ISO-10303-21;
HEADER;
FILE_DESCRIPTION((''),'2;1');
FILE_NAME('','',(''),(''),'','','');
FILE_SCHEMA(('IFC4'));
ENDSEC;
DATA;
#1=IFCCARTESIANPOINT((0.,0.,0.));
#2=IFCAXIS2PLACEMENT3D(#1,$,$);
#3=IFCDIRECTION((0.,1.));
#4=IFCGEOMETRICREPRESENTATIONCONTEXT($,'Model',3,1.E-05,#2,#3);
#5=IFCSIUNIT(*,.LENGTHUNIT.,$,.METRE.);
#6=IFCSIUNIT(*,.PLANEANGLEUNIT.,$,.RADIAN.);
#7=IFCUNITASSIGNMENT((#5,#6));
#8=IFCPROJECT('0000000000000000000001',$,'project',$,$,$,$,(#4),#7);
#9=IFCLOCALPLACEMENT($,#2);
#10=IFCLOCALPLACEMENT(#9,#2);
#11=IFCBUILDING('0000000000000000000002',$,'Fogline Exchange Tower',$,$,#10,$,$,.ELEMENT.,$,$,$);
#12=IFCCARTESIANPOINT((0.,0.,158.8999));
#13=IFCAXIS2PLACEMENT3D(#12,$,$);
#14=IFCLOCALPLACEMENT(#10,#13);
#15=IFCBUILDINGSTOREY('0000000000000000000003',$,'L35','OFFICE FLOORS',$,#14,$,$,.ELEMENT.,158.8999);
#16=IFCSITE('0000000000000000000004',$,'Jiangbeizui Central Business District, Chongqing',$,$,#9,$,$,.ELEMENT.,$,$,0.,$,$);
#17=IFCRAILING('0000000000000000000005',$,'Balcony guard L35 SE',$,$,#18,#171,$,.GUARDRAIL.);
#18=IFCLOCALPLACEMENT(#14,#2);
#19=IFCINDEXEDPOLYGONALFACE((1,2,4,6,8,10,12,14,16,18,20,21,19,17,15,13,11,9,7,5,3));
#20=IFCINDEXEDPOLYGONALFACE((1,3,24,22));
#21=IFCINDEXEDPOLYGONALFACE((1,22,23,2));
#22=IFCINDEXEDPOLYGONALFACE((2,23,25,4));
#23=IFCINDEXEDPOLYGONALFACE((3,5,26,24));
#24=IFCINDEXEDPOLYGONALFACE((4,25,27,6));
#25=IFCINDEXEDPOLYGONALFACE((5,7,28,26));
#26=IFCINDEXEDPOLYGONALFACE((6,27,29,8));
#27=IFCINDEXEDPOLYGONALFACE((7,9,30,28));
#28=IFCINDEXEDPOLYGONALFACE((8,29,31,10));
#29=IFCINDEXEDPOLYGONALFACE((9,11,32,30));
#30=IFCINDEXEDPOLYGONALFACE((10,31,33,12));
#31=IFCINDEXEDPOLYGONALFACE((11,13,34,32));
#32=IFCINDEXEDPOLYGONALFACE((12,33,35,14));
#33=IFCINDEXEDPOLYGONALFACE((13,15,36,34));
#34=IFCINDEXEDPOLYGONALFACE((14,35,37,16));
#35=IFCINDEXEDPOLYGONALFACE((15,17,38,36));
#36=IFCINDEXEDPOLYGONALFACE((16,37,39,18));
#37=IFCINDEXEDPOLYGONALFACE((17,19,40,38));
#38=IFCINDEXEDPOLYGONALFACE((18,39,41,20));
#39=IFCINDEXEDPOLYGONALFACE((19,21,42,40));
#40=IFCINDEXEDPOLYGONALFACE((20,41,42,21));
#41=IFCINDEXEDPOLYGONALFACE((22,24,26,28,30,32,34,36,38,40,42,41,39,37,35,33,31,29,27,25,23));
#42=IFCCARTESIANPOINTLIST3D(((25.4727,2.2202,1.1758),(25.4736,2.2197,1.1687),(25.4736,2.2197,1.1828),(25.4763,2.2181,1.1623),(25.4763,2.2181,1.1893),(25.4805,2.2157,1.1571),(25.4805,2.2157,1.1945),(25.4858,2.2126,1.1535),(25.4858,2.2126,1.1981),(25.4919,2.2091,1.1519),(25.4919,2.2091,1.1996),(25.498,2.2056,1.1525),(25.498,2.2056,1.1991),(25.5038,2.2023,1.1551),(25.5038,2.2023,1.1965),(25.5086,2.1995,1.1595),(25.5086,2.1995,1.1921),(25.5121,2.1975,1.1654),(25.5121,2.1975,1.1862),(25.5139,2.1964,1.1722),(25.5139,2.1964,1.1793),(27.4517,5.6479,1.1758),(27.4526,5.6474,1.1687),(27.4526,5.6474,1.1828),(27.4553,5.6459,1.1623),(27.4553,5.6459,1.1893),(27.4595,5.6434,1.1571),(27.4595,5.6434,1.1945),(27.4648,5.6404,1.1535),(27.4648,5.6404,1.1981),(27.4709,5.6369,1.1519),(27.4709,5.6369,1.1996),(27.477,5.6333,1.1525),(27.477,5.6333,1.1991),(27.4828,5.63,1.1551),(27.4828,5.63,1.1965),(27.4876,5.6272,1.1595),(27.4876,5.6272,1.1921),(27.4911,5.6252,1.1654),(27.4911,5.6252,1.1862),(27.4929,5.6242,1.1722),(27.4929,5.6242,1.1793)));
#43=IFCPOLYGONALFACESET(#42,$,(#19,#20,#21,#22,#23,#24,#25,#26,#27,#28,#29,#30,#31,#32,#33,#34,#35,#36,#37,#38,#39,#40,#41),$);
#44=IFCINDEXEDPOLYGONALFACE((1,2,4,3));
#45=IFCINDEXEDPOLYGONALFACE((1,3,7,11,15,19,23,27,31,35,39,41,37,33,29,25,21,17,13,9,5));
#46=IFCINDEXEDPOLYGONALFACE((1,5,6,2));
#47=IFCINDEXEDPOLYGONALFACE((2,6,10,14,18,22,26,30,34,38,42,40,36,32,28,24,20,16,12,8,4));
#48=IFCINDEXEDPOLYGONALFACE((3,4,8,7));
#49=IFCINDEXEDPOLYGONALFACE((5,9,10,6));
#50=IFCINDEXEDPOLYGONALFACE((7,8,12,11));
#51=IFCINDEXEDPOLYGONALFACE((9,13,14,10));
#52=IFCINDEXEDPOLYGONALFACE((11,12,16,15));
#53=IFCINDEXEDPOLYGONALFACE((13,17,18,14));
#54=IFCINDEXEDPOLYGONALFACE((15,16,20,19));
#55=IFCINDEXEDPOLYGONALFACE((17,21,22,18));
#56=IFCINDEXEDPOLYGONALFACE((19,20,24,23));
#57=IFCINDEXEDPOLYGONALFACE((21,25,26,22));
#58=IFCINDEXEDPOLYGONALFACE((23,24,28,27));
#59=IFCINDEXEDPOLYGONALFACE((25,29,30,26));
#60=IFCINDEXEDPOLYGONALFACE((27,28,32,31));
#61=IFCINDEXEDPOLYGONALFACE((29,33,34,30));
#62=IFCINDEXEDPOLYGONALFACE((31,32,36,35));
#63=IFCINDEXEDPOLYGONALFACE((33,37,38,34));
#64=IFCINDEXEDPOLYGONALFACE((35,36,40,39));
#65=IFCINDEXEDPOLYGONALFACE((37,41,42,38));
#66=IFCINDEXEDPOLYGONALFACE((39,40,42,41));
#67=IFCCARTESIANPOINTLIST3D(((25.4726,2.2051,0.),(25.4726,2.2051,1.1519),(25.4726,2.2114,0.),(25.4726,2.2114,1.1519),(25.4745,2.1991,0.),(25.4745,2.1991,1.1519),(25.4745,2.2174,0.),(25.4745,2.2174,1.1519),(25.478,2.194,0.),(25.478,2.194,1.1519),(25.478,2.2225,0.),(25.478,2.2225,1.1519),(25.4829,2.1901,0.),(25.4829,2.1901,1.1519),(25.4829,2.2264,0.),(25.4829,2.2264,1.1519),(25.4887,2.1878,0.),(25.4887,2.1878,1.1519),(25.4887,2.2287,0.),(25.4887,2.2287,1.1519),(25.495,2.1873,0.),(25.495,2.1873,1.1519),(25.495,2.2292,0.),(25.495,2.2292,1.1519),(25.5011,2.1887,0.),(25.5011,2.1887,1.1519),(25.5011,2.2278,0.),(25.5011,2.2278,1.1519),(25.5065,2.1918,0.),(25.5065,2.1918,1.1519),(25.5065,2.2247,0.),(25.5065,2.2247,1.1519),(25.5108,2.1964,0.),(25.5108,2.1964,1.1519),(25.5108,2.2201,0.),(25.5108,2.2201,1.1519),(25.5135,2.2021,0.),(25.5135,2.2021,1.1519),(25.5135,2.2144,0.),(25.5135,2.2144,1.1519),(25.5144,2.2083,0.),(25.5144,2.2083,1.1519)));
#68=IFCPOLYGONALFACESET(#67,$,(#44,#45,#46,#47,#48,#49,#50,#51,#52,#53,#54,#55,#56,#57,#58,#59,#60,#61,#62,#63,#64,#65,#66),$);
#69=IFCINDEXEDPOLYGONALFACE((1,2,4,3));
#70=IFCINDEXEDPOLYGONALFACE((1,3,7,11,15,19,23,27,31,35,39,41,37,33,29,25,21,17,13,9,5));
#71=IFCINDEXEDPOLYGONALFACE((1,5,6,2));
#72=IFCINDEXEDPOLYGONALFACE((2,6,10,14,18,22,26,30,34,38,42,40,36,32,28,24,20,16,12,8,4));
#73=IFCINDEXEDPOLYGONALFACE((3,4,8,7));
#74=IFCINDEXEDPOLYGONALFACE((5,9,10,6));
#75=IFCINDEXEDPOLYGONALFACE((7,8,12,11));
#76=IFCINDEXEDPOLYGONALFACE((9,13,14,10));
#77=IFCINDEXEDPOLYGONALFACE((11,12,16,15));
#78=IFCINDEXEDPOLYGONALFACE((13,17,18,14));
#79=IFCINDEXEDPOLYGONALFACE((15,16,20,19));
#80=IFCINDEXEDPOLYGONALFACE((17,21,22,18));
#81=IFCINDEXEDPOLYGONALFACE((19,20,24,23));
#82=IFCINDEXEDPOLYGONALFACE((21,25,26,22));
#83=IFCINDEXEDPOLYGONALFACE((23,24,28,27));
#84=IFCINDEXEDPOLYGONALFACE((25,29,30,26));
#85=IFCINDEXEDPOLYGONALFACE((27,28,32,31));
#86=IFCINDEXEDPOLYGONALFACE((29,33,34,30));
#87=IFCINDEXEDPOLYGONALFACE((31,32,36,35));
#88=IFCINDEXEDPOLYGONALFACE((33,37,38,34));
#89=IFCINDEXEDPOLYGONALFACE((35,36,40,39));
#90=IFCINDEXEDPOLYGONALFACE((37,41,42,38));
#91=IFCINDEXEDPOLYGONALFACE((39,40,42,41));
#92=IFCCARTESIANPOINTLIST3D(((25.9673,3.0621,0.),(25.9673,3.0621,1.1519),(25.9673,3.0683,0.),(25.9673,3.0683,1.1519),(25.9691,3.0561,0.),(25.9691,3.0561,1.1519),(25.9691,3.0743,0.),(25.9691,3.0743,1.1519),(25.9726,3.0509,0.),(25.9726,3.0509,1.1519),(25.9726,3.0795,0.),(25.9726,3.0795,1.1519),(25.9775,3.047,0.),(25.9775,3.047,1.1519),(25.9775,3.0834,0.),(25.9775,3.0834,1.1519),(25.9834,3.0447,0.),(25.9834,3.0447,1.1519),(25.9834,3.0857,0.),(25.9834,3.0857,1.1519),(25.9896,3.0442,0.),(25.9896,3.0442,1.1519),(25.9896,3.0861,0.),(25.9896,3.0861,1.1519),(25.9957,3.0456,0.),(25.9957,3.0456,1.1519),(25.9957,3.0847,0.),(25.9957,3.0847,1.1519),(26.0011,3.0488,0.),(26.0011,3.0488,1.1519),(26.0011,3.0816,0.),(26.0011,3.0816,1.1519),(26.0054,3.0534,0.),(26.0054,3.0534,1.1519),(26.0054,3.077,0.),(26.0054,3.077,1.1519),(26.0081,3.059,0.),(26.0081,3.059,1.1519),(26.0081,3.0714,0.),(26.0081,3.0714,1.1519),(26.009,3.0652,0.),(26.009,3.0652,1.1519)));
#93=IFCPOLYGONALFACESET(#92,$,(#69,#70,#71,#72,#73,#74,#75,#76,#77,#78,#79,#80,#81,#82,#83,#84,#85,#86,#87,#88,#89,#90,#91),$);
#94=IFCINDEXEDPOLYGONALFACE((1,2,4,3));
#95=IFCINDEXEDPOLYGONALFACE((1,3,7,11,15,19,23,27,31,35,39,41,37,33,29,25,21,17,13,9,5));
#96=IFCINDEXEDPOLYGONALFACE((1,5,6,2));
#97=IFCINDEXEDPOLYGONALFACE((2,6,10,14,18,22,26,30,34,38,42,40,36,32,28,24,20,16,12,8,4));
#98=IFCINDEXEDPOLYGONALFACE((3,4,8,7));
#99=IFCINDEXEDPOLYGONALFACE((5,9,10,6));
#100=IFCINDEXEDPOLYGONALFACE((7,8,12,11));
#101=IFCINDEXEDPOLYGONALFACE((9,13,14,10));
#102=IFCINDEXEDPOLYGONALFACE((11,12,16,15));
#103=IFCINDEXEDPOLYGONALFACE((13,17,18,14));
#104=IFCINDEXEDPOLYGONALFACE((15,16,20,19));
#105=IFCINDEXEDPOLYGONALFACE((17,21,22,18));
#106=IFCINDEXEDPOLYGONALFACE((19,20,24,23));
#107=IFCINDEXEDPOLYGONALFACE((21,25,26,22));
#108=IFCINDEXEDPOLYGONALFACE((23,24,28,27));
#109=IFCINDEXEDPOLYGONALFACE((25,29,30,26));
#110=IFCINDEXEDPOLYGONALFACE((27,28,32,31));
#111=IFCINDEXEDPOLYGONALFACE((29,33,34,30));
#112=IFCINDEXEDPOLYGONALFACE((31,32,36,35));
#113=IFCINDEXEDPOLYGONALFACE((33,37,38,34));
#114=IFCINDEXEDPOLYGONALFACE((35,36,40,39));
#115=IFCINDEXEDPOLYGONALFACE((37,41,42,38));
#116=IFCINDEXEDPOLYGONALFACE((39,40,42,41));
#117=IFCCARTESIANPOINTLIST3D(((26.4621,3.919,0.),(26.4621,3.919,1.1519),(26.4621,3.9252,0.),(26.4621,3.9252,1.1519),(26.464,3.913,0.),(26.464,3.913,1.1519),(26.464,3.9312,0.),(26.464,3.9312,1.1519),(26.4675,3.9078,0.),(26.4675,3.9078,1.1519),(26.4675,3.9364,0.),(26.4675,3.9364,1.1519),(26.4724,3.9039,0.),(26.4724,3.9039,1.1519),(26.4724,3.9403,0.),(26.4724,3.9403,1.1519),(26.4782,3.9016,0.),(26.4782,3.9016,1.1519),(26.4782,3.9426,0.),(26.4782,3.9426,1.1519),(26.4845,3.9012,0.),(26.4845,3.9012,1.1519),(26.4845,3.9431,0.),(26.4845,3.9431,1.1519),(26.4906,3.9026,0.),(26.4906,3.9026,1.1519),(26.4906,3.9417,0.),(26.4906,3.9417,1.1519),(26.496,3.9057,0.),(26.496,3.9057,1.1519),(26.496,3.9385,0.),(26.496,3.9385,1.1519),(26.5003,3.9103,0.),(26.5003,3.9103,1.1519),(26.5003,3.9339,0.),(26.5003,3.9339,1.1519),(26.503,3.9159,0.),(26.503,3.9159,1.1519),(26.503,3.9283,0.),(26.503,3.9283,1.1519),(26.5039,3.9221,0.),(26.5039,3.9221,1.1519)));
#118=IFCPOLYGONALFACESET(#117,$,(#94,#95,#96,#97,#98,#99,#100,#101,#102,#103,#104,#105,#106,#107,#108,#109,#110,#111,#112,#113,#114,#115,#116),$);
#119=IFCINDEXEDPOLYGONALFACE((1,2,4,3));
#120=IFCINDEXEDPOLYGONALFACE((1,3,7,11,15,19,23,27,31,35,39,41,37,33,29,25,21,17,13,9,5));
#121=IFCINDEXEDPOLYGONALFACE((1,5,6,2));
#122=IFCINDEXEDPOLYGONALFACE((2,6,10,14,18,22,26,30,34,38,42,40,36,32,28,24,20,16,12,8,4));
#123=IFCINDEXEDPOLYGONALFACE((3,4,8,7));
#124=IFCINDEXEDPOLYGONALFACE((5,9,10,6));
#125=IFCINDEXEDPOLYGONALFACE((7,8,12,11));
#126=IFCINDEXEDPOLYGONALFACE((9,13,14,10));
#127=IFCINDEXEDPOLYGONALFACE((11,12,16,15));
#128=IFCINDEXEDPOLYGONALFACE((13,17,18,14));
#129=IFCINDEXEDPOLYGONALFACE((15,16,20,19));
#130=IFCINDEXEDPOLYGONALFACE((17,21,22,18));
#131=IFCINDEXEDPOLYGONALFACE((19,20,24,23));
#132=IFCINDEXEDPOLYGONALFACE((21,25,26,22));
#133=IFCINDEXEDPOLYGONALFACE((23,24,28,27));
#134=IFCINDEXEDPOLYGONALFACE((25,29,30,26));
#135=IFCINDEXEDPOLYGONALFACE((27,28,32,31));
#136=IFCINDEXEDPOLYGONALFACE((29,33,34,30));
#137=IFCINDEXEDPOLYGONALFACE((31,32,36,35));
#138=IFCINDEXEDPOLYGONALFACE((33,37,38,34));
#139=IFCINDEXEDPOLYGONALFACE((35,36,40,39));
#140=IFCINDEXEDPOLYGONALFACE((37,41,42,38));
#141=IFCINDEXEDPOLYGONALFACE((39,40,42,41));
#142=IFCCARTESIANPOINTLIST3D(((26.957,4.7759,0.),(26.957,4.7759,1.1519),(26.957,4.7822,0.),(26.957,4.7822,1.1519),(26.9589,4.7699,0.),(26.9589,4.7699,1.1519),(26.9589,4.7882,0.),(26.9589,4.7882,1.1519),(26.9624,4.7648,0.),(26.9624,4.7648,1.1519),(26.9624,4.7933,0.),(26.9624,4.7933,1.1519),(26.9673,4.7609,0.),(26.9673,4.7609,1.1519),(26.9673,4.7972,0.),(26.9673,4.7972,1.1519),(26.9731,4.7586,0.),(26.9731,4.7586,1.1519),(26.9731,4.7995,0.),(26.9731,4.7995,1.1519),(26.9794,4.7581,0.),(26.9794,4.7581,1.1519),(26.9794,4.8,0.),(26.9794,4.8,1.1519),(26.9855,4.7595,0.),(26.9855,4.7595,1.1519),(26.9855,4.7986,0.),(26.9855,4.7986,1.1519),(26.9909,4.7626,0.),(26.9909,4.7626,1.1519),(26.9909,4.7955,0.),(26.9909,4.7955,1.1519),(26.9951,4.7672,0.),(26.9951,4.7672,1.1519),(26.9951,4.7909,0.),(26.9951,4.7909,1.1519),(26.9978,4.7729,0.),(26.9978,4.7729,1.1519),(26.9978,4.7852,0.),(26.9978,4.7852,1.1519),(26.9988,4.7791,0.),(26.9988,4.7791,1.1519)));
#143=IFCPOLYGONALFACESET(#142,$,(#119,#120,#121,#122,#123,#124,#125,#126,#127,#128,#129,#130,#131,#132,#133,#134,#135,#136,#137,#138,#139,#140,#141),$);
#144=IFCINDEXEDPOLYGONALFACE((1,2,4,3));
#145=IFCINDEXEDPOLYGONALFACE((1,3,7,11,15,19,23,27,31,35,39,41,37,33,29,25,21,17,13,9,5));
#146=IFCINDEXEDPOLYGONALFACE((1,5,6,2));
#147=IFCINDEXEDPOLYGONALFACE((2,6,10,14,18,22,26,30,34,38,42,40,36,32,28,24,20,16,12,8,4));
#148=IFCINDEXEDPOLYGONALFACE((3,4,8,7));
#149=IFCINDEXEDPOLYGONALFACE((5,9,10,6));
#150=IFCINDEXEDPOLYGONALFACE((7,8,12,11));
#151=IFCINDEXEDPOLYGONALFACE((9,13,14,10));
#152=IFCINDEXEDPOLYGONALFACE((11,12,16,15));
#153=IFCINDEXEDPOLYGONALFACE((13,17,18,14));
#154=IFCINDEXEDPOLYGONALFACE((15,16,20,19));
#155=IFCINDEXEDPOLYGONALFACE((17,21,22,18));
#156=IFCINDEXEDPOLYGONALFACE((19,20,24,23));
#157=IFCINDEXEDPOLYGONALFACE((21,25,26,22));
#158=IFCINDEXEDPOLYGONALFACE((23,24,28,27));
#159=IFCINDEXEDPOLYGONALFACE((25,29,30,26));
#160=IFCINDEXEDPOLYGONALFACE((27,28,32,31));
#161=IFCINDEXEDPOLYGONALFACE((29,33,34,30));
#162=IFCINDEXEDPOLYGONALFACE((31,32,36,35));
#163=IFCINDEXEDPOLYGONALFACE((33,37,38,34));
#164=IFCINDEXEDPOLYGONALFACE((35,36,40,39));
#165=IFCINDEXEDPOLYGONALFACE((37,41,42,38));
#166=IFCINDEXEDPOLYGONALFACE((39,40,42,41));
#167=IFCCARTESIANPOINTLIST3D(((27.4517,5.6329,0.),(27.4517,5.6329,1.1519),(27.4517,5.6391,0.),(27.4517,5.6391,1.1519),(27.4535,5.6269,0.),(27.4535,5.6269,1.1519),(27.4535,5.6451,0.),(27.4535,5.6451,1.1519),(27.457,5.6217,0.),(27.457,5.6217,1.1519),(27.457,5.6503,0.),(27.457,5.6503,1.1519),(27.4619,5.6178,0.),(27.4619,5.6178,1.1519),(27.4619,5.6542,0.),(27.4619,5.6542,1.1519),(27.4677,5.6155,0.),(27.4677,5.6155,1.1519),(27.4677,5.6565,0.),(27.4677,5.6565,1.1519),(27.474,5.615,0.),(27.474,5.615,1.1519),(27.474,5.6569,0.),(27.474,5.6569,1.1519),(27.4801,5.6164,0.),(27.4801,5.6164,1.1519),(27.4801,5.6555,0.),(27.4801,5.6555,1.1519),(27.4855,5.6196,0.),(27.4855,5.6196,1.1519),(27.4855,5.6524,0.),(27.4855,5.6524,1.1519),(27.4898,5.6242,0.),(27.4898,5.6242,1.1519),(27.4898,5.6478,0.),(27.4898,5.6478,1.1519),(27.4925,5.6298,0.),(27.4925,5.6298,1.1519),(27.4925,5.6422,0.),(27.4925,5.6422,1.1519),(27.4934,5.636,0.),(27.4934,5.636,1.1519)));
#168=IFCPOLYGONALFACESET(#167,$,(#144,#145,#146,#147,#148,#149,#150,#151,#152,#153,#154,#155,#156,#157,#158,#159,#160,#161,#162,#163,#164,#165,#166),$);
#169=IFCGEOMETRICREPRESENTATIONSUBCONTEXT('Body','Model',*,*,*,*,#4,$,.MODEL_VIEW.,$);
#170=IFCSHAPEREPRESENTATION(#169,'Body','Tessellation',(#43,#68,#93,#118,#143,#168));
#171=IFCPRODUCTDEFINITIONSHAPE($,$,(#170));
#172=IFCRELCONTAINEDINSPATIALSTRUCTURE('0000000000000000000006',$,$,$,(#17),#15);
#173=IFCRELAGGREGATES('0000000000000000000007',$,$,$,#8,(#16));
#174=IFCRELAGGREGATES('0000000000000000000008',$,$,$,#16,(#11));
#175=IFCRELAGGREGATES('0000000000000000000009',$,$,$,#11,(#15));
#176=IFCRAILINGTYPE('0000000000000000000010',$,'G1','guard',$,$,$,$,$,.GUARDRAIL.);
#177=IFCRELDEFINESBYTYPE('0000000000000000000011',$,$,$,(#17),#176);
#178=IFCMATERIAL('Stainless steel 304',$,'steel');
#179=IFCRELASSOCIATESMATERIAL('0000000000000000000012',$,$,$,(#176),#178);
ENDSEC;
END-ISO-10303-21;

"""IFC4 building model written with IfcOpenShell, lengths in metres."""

from ifc_helpers import new_model, si_unit, direction, frame, origin, origin_2d, place, context, subcontext, project, spatial, circle, extrude, material, type_object, element, save


model = new_model("IFC4")

# Units and contexts
model_context = context("Model", 3, precision=1e-05, world=origin(), true_north=direction((0.0, 1.0)))
body_context = subcontext(model_context, "Body", "Model", "MODEL_VIEW")
ifc_project = project(units=[si_unit("LENGTHUNIT", "METRE"), si_unit("PLANEANGLEUNIT", "RADIAN")], contexts=[model_context])

# Site, building, storey
site_placement = place(None, origin())
site = spatial("IfcSite", under=ifc_project, at=site_placement, Name="Jiangbeizui Central Business District, Chongqing", CompositionType="ELEMENT", RefElevation=0.0)
building_placement = place(site_placement, origin())
building = spatial("IfcBuilding", under=site, at=building_placement, Name="Fogline Exchange Tower", CompositionType="ELEMENT")
storey_placement = place(building_placement, frame((0.0, 0.0, 158.8999)))
storey = spatial("IfcBuildingStorey", under=building, at=storey_placement, Name="L35", Description="OFFICE FLOORS", CompositionType="ELEMENT", Elevation=158.8999)

# Railing
ifc_material_1 = material(Name="Stainless steel 304", Category="steel")
railing_type = type_object("IfcRailingType", Name="G1", Description="guard", PredefinedType="GUARDRAIL", material=ifc_material_1)
railing_placement = place(storey_placement, frame((25.4934, 2.2083, 0.0)))
element("IfcRailing", 1, at=railing_placement, inside=storey, type_object=railing_type, Name="Balcony guard L35 SE", PredefinedType="GUARDRAIL", context=body_context, shape_type="SweptSolid", body=[
    extrude(circle(Radius=0.0239, at=origin_2d()), frame((0.0, 0.0, 1.1758), z_axis=(0.5, 0.866025, 0.0), x_axis=(-0.866025, 0.5, 0.0)), (0.0, 0.0, 1.0), 3.958),
    extrude(circle(Radius=0.021, at=origin_2d()), origin(), (0.0, 0.0, 1.0), 1.1519),
    extrude(circle(Radius=0.021, at=origin_2d()), frame((0.4946, 0.8569, 0.0)), (0.0, 0.0, 1.0), 1.1519),
    extrude(circle(Radius=0.021, at=origin_2d()), frame((0.9895, 1.7139, 0.0)), (0.0, 0.0, 1.0), 1.1519),
    extrude(circle(Radius=0.021, at=origin_2d()), frame((1.4844, 2.5708, 0.0)), (0.0, 0.0, 1.0), 1.1519),
    extrude(circle(Radius=0.021, at=origin_2d()), frame((1.979, 3.4277, 0.0)), (0.0, 0.0, 1.0), 1.1519),
])

save(model, "model.ifc")
